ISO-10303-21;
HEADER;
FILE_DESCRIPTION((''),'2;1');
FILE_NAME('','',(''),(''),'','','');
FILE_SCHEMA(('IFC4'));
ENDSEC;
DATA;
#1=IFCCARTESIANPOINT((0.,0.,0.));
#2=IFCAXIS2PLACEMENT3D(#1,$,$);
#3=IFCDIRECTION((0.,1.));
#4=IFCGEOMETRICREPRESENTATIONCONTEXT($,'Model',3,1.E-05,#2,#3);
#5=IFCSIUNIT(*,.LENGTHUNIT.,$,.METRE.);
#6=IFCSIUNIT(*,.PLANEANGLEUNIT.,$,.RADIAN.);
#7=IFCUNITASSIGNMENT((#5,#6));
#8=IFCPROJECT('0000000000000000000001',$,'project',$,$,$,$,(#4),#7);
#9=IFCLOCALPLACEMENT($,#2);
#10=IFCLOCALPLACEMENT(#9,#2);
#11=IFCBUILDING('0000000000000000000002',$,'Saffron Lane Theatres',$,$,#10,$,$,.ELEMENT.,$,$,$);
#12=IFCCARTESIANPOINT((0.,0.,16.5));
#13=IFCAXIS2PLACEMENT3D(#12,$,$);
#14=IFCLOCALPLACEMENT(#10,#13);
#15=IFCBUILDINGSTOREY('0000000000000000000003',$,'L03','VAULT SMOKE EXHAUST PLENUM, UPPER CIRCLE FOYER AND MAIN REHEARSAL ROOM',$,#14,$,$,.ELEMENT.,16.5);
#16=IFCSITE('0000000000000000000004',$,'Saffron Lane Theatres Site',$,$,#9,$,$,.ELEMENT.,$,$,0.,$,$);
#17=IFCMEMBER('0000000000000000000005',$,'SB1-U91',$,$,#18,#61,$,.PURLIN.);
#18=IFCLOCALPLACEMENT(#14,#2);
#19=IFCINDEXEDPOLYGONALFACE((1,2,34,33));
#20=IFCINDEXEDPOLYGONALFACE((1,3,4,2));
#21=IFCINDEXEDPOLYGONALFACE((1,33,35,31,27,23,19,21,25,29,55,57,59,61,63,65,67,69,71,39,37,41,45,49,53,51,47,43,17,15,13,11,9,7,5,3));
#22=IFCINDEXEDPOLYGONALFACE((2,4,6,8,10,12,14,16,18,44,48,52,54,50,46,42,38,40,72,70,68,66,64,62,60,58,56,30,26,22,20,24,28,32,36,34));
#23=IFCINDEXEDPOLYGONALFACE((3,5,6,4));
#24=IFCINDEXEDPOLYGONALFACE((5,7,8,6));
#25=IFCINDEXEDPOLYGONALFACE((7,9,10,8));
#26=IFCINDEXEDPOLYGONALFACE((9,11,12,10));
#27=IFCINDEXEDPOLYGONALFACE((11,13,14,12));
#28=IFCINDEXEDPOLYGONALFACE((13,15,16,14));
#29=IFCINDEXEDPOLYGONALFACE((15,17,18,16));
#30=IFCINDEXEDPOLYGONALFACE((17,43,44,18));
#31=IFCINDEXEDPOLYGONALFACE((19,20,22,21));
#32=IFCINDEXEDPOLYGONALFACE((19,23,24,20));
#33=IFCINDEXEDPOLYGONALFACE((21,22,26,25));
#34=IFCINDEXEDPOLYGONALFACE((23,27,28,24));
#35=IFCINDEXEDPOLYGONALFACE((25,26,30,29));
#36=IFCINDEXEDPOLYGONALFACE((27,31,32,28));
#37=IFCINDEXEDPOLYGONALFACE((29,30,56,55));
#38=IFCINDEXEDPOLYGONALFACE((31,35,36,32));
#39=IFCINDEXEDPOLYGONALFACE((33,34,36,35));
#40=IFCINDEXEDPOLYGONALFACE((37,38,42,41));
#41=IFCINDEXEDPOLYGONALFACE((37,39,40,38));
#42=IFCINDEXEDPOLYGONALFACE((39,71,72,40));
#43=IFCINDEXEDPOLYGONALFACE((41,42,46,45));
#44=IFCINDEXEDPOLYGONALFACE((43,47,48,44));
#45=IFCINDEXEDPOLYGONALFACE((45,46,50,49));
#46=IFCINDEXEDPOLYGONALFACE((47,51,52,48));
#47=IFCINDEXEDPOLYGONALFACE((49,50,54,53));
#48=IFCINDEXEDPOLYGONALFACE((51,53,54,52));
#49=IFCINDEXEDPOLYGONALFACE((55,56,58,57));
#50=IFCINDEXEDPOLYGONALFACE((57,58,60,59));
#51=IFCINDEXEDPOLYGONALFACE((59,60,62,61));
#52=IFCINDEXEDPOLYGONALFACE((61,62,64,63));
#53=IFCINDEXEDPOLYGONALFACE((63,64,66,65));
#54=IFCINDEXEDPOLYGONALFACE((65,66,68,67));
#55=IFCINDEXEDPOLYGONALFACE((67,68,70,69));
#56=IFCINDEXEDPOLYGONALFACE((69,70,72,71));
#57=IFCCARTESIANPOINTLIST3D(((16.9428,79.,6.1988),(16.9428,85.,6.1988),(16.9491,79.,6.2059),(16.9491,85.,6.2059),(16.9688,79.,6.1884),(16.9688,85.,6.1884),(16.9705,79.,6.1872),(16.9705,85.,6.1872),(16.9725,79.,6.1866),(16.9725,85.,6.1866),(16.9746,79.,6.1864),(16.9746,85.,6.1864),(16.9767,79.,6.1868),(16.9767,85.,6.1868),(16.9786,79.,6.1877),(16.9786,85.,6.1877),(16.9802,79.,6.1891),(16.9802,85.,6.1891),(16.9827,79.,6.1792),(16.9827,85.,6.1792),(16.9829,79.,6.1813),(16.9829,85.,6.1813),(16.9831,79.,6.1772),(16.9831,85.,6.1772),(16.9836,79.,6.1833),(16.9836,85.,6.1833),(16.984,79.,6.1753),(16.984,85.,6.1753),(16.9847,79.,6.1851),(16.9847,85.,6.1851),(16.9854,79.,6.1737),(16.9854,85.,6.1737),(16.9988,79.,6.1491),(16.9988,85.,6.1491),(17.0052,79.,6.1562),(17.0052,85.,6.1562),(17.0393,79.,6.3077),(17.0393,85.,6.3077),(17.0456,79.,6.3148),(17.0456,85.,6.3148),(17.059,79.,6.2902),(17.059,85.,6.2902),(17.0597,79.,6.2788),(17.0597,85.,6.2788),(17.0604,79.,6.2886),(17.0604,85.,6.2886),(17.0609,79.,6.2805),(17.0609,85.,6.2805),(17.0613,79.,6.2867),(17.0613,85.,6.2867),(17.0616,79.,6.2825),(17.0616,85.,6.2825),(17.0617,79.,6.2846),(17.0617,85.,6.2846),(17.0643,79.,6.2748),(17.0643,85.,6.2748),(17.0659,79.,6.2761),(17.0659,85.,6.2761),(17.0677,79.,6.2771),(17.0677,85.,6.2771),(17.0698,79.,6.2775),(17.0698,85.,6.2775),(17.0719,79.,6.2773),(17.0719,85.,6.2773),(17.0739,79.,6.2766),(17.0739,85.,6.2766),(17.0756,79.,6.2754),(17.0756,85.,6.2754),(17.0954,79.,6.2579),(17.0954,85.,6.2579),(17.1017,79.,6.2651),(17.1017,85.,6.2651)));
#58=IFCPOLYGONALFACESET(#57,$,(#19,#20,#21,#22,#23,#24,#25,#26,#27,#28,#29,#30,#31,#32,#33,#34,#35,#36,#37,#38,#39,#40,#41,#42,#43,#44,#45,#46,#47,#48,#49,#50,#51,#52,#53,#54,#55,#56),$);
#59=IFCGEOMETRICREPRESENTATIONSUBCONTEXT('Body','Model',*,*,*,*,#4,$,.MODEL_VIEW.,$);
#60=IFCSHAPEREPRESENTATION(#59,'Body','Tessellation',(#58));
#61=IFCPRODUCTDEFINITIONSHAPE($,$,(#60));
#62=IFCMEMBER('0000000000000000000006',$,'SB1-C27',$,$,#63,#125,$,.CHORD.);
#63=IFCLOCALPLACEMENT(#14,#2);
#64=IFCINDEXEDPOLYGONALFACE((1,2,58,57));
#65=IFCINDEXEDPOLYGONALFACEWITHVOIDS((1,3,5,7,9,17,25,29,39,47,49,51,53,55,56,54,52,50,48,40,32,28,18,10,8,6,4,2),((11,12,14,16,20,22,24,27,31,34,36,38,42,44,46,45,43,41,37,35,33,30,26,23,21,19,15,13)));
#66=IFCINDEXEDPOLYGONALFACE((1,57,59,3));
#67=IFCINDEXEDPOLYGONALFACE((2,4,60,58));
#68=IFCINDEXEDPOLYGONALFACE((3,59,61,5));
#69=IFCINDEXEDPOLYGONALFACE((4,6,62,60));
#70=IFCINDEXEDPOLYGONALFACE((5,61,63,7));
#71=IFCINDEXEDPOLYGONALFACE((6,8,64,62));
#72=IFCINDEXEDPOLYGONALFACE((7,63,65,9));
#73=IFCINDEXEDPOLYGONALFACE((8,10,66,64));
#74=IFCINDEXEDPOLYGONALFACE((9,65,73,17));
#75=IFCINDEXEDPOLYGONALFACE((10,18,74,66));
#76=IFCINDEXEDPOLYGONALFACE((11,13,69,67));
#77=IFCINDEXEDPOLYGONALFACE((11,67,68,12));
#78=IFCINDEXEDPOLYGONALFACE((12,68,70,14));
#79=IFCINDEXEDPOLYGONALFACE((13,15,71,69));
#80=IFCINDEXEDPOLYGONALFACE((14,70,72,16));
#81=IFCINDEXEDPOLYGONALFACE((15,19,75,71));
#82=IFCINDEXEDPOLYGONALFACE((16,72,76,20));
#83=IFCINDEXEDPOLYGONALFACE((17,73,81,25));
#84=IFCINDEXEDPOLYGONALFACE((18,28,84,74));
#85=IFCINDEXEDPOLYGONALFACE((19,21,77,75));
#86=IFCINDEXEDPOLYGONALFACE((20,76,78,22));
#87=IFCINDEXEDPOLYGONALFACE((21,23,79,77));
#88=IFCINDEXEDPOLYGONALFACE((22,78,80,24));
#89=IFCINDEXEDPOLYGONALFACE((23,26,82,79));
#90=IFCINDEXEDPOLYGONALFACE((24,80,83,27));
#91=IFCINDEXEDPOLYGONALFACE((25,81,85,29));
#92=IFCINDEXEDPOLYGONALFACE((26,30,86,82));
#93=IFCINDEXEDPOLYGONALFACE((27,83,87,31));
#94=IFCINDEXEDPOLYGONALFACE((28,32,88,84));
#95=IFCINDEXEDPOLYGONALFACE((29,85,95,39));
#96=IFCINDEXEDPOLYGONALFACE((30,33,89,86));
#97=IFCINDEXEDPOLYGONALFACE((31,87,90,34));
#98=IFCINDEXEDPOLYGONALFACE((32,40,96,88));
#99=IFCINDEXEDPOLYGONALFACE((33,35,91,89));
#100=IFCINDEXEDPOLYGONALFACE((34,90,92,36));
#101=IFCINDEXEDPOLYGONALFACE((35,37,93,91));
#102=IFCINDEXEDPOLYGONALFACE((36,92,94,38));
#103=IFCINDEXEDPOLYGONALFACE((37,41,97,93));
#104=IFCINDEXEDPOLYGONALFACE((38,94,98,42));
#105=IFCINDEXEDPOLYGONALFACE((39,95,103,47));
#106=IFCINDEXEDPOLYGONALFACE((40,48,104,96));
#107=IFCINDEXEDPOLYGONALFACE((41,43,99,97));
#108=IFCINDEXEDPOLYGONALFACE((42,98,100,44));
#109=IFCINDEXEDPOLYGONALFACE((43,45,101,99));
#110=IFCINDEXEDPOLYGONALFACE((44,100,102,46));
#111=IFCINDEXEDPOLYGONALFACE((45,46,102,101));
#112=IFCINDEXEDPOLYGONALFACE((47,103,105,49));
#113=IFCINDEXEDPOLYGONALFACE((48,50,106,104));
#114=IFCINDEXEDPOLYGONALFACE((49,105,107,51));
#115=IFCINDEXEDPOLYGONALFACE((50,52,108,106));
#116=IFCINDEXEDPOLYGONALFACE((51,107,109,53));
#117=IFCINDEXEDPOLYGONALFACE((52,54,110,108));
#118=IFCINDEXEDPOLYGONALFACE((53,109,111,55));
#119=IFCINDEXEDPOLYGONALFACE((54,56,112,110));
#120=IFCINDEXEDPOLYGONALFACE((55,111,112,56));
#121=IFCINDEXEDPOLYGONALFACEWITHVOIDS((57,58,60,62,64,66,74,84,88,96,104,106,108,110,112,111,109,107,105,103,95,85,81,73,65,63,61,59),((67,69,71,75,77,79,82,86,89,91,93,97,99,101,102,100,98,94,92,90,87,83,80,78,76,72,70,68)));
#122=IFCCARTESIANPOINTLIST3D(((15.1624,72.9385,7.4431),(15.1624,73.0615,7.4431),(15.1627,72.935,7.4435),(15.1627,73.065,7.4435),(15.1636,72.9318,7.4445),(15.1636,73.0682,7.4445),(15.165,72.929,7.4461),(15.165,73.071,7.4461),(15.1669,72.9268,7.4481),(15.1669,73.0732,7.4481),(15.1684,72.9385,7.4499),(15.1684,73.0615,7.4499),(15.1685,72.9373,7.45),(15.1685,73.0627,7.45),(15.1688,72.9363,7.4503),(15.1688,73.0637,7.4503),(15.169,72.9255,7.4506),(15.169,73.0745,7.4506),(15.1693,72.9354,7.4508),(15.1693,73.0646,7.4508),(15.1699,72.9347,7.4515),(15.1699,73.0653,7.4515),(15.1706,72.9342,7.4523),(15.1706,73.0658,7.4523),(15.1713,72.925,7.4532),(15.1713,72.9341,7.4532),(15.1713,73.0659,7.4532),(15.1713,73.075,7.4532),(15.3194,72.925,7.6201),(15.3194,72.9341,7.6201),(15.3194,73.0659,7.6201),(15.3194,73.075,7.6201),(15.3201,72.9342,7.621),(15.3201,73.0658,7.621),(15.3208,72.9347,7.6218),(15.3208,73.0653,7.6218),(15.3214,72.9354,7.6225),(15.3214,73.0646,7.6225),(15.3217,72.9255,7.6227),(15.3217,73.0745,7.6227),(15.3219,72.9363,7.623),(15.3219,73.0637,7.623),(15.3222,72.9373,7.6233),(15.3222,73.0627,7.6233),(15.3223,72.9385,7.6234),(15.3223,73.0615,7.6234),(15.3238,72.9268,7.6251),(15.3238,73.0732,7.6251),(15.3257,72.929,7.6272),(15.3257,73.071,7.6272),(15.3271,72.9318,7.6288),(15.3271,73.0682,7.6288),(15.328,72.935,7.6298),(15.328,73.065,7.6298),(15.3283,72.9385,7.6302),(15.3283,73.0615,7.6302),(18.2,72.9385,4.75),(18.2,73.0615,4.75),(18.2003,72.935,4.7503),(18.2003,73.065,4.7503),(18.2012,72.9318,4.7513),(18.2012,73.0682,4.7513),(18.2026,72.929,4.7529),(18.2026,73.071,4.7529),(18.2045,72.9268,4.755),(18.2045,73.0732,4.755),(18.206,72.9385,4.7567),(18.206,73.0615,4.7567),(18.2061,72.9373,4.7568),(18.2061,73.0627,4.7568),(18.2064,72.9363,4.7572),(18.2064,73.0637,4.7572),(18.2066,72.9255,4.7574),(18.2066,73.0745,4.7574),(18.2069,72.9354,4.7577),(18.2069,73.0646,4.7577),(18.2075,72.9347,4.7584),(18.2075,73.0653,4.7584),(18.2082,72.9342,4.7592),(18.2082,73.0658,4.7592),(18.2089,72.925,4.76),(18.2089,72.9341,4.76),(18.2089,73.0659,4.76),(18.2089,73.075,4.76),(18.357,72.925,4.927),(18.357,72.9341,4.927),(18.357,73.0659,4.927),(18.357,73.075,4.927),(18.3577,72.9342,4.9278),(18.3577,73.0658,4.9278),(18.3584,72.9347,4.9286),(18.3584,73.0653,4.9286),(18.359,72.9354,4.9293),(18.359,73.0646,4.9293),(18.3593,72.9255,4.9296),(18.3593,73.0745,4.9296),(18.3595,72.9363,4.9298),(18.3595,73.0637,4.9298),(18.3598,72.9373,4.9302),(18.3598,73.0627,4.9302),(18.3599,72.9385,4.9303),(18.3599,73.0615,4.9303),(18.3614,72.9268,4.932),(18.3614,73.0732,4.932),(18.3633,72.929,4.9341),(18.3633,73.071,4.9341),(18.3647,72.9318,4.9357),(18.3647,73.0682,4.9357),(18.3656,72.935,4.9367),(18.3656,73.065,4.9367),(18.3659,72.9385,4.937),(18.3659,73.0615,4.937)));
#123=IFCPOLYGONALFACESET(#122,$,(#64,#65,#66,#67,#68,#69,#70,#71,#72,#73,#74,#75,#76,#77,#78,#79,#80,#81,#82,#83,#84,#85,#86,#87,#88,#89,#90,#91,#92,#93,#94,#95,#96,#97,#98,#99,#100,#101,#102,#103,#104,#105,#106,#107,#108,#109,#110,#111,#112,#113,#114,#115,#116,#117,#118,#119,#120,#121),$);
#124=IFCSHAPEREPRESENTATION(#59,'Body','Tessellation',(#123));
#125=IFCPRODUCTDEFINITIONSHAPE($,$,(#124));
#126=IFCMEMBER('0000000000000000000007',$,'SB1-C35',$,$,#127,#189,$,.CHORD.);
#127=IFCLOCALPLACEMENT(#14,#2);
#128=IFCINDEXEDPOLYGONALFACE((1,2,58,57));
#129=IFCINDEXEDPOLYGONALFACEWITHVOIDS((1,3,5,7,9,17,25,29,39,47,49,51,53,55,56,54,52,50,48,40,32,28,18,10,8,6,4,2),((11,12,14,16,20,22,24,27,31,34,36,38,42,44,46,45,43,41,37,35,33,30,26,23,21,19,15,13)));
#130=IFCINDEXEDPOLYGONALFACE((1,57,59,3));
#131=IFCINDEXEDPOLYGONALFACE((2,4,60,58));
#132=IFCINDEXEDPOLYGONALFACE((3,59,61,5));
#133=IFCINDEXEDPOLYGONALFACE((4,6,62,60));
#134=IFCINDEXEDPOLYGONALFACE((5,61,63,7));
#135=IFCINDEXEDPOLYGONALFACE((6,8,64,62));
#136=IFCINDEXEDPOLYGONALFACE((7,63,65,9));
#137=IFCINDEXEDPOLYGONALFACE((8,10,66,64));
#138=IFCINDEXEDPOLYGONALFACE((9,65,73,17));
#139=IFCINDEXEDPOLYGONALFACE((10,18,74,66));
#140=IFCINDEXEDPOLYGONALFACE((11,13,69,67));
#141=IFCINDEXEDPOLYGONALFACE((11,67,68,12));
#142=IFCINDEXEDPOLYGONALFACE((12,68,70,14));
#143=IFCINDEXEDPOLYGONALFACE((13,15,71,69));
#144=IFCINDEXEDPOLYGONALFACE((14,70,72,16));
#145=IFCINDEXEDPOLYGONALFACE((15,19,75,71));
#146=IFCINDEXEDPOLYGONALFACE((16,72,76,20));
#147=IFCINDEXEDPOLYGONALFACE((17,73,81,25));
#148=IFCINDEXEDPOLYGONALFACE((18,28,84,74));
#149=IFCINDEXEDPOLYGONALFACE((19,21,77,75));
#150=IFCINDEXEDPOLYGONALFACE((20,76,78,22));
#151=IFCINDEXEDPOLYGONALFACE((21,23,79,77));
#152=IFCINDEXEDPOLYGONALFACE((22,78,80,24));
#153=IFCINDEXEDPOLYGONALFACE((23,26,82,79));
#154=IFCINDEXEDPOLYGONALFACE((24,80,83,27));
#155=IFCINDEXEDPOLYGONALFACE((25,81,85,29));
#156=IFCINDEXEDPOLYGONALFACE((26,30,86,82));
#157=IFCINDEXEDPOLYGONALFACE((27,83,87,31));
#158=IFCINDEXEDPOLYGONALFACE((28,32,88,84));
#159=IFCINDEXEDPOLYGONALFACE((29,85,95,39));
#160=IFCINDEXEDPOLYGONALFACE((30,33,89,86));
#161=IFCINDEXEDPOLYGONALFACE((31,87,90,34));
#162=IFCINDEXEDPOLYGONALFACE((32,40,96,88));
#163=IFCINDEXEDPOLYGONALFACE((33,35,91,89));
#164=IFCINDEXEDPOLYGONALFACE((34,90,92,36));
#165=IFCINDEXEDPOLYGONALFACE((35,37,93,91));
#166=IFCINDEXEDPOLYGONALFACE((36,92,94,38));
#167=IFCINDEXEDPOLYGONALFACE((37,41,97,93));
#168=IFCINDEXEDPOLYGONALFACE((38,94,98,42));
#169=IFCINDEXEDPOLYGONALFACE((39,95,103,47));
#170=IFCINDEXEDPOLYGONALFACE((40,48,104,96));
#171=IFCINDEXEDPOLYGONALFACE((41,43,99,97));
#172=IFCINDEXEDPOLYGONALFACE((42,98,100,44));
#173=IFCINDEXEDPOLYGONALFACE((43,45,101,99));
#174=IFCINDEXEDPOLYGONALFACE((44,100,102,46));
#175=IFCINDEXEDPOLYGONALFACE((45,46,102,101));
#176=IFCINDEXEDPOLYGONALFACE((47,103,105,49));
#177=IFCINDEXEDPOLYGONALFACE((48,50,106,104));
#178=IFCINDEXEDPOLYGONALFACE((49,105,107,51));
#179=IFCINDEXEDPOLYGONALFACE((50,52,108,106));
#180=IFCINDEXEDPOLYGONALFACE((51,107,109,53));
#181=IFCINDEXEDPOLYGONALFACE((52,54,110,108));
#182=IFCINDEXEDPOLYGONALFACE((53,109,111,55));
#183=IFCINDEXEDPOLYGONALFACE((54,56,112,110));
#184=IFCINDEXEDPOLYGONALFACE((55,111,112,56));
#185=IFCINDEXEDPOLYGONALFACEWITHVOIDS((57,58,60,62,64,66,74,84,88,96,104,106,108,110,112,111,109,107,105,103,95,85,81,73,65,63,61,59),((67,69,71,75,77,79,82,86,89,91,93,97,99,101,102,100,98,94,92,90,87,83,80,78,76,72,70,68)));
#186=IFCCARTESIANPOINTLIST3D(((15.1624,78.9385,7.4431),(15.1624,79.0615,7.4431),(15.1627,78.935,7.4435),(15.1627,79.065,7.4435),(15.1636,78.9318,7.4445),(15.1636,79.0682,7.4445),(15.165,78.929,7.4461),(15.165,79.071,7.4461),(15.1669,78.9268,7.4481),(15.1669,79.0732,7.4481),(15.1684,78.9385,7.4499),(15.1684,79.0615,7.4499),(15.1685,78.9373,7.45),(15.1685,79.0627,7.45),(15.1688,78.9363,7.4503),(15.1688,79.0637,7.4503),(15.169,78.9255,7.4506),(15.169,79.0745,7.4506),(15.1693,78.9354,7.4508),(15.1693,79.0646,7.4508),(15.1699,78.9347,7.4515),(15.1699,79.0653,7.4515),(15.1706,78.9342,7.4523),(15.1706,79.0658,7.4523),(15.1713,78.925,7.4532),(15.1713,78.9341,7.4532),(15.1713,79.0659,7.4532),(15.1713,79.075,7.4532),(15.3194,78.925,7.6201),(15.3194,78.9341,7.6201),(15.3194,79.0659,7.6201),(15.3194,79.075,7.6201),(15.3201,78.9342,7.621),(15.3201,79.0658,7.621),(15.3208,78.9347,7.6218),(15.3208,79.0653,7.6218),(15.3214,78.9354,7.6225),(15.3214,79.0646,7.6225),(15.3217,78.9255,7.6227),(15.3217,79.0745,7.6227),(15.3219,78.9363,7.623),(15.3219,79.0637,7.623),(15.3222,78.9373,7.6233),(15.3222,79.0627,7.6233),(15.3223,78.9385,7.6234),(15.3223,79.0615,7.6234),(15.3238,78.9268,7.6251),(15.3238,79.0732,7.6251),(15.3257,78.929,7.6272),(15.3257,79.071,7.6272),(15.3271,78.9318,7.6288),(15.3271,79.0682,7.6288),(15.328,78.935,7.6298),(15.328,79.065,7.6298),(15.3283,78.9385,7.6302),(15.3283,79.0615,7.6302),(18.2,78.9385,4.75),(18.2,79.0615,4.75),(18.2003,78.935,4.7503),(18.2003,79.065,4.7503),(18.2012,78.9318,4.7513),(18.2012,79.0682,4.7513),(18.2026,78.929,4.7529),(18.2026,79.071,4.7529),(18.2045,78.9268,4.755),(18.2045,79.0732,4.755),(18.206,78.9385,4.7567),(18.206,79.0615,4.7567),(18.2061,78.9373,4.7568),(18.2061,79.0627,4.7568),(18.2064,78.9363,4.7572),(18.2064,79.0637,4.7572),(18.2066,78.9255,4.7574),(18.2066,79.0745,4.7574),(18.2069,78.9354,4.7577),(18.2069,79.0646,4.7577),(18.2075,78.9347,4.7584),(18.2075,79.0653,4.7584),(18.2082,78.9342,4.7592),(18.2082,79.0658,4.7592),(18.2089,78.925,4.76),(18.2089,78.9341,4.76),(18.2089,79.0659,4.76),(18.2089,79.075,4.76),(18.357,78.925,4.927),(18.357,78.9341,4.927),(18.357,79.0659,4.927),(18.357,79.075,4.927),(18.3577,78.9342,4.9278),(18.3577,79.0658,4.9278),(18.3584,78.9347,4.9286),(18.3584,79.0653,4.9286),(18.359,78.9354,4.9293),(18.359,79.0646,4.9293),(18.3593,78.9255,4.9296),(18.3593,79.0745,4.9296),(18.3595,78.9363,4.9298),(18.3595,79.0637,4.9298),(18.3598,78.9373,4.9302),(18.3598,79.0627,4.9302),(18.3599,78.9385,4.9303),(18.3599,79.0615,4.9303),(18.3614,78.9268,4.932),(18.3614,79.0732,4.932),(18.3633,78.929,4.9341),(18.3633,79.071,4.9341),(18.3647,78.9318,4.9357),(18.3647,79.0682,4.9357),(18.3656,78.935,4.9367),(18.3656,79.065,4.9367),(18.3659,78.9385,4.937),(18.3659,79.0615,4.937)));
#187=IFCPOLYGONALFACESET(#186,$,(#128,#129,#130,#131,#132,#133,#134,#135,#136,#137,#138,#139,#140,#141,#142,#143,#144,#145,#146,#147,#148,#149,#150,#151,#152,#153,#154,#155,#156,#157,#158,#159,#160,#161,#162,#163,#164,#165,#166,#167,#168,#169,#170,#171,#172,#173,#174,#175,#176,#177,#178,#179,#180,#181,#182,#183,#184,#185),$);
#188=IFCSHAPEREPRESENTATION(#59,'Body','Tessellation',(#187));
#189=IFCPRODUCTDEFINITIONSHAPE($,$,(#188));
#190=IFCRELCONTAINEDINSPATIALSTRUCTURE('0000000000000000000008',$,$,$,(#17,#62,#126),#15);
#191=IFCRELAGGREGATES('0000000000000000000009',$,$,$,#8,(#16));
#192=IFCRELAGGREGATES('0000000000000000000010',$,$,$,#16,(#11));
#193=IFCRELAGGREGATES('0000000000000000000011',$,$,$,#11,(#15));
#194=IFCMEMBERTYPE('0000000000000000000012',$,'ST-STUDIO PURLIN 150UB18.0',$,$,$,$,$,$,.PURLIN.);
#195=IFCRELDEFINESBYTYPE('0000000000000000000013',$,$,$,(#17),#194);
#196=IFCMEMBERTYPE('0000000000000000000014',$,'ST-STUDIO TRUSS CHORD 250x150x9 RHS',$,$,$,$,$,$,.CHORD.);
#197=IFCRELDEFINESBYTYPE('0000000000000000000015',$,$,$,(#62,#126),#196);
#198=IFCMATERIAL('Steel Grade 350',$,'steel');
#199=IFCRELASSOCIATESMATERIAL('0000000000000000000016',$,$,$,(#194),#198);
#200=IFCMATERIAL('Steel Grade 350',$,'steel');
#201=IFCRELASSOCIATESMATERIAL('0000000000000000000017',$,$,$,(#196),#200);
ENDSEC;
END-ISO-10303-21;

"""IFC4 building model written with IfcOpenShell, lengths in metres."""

from ifc_helpers import new_model, si_unit, direction, frame, origin, origin_2d, place, context, subcontext, project, spatial, hollow_rectangle, i_section, extrude, material, material_profile, profile_set, type_object, element, save


model = new_model("IFC4")

# Units and contexts
model_context = context("Model", 3, precision=1e-05, world=origin(), true_north=direction((0.0, 1.0)))
body_context = subcontext(model_context, "Body", "Model", "MODEL_VIEW")
ifc_project = project(units=[si_unit("LENGTHUNIT", "METRE"), si_unit("PLANEANGLEUNIT", "RADIAN")], contexts=[model_context])

# Site, building, storey
site_placement = place(None, origin())
site = spatial("IfcSite", under=ifc_project, at=site_placement, Name="Saffron Lane Theatres Site", CompositionType="ELEMENT", RefElevation=0.0)
building_placement = place(site_placement, origin())
building = spatial("IfcBuilding", under=site, at=building_placement, Name="Saffron Lane Theatres", CompositionType="ELEMENT")
storey_placement = place(building_placement, frame((0.0, 0.0, 16.5)))
storey = spatial("IfcBuildingStorey", under=building, at=storey_placement, Name="L03", Description="VAULT SMOKE EXHAUST PLENUM, UPPER CIRCLE FOYER AND MAIN REHEARSAL ROOM", CompositionType="ELEMENT", Elevation=16.5)

# Members
ifc_material_1 = material(Name="Steel Grade 350", Category="steel")
ifc_material_profile_1 = material_profile(ifc_material_1, i_section(OverallWidth=0.075, OverallDepth=0.155, WebThickness=0.0061, FlangeThickness=0.0095, FilletRadius=0.0081, at=origin_2d()))
ifc_profile_set_1 = profile_set([ifc_material_profile_1], Name="Steel Grade 350")
member_type_1 = type_object("IfcMemberType", Name="ST-STUDIO PURLIN 150UB18.0", PredefinedType="PURLIN", material=ifc_profile_set_1)
for number, where, z_axis, x_axis, name in (
    (1, (17.0222, 79.0, 6.2319), (0.0, 1.0, 0.0), (-0.748269, 0.0, 0.663396), "SB1-U91"),
):
    element("IfcMember", number, at=place(storey_placement, frame(where, z_axis=z_axis, x_axis=x_axis)), inside=storey, type_object=member_type_1, Name=name, PredefinedType="PURLIN", context=body_context, shape_type="SweptSolid", body=[
        extrude(i_section(OverallWidth=0.075, OverallDepth=0.155, WebThickness=0.0061, FlangeThickness=0.0095, FilletRadius=0.0081, at=origin_2d()), origin(), (0.0, 0.0, 1.0), 6.0),
    ])
ifc_material_2 = material(Name="Steel Grade 350", Category="steel")
ifc_material_profile_2 = material_profile(ifc_material_2, hollow_rectangle(XDim=0.1499, YDim=0.25, WallThickness=0.009, InnerFilletRadius=0.0044, OuterFilletRadius=0.0134, at=origin_2d()))
ifc_profile_set_2 = profile_set([ifc_material_profile_2], Name="Steel Grade 350")
member_type_2 = type_object("IfcMemberType", Name="ST-STUDIO TRUSS CHORD 250x150x9 RHS", PredefinedType="CHORD", material=ifc_profile_set_2)
for number, where, z_axis, x_axis, name in (
    (2, (18.283, 73.0, 4.8435), (-0.748261, 0.0, 0.663404), (0.0, -1.0, 0.0), "SB1-C27"),
    (3, (18.283, 79.0, 4.8435), (-0.748261, 0.0, 0.663404), (0.0, -1.0, 0.0), "SB1-C35"),
):
    element("IfcMember", number, at=place(storey_placement, frame(where, z_axis=z_axis, x_axis=x_axis)), inside=storey, type_object=member_type_2, Name=name, PredefinedType="CHORD", context=body_context, shape_type="SweptSolid", body=[
        extrude(hollow_rectangle(XDim=0.1499, YDim=0.25, WallThickness=0.009, InnerFilletRadius=0.0044, OuterFilletRadius=0.0134, at=origin_2d()), origin(), (0.0, 0.0, 1.0), 4.0596),
    ])

save(model, "model.ifc")
